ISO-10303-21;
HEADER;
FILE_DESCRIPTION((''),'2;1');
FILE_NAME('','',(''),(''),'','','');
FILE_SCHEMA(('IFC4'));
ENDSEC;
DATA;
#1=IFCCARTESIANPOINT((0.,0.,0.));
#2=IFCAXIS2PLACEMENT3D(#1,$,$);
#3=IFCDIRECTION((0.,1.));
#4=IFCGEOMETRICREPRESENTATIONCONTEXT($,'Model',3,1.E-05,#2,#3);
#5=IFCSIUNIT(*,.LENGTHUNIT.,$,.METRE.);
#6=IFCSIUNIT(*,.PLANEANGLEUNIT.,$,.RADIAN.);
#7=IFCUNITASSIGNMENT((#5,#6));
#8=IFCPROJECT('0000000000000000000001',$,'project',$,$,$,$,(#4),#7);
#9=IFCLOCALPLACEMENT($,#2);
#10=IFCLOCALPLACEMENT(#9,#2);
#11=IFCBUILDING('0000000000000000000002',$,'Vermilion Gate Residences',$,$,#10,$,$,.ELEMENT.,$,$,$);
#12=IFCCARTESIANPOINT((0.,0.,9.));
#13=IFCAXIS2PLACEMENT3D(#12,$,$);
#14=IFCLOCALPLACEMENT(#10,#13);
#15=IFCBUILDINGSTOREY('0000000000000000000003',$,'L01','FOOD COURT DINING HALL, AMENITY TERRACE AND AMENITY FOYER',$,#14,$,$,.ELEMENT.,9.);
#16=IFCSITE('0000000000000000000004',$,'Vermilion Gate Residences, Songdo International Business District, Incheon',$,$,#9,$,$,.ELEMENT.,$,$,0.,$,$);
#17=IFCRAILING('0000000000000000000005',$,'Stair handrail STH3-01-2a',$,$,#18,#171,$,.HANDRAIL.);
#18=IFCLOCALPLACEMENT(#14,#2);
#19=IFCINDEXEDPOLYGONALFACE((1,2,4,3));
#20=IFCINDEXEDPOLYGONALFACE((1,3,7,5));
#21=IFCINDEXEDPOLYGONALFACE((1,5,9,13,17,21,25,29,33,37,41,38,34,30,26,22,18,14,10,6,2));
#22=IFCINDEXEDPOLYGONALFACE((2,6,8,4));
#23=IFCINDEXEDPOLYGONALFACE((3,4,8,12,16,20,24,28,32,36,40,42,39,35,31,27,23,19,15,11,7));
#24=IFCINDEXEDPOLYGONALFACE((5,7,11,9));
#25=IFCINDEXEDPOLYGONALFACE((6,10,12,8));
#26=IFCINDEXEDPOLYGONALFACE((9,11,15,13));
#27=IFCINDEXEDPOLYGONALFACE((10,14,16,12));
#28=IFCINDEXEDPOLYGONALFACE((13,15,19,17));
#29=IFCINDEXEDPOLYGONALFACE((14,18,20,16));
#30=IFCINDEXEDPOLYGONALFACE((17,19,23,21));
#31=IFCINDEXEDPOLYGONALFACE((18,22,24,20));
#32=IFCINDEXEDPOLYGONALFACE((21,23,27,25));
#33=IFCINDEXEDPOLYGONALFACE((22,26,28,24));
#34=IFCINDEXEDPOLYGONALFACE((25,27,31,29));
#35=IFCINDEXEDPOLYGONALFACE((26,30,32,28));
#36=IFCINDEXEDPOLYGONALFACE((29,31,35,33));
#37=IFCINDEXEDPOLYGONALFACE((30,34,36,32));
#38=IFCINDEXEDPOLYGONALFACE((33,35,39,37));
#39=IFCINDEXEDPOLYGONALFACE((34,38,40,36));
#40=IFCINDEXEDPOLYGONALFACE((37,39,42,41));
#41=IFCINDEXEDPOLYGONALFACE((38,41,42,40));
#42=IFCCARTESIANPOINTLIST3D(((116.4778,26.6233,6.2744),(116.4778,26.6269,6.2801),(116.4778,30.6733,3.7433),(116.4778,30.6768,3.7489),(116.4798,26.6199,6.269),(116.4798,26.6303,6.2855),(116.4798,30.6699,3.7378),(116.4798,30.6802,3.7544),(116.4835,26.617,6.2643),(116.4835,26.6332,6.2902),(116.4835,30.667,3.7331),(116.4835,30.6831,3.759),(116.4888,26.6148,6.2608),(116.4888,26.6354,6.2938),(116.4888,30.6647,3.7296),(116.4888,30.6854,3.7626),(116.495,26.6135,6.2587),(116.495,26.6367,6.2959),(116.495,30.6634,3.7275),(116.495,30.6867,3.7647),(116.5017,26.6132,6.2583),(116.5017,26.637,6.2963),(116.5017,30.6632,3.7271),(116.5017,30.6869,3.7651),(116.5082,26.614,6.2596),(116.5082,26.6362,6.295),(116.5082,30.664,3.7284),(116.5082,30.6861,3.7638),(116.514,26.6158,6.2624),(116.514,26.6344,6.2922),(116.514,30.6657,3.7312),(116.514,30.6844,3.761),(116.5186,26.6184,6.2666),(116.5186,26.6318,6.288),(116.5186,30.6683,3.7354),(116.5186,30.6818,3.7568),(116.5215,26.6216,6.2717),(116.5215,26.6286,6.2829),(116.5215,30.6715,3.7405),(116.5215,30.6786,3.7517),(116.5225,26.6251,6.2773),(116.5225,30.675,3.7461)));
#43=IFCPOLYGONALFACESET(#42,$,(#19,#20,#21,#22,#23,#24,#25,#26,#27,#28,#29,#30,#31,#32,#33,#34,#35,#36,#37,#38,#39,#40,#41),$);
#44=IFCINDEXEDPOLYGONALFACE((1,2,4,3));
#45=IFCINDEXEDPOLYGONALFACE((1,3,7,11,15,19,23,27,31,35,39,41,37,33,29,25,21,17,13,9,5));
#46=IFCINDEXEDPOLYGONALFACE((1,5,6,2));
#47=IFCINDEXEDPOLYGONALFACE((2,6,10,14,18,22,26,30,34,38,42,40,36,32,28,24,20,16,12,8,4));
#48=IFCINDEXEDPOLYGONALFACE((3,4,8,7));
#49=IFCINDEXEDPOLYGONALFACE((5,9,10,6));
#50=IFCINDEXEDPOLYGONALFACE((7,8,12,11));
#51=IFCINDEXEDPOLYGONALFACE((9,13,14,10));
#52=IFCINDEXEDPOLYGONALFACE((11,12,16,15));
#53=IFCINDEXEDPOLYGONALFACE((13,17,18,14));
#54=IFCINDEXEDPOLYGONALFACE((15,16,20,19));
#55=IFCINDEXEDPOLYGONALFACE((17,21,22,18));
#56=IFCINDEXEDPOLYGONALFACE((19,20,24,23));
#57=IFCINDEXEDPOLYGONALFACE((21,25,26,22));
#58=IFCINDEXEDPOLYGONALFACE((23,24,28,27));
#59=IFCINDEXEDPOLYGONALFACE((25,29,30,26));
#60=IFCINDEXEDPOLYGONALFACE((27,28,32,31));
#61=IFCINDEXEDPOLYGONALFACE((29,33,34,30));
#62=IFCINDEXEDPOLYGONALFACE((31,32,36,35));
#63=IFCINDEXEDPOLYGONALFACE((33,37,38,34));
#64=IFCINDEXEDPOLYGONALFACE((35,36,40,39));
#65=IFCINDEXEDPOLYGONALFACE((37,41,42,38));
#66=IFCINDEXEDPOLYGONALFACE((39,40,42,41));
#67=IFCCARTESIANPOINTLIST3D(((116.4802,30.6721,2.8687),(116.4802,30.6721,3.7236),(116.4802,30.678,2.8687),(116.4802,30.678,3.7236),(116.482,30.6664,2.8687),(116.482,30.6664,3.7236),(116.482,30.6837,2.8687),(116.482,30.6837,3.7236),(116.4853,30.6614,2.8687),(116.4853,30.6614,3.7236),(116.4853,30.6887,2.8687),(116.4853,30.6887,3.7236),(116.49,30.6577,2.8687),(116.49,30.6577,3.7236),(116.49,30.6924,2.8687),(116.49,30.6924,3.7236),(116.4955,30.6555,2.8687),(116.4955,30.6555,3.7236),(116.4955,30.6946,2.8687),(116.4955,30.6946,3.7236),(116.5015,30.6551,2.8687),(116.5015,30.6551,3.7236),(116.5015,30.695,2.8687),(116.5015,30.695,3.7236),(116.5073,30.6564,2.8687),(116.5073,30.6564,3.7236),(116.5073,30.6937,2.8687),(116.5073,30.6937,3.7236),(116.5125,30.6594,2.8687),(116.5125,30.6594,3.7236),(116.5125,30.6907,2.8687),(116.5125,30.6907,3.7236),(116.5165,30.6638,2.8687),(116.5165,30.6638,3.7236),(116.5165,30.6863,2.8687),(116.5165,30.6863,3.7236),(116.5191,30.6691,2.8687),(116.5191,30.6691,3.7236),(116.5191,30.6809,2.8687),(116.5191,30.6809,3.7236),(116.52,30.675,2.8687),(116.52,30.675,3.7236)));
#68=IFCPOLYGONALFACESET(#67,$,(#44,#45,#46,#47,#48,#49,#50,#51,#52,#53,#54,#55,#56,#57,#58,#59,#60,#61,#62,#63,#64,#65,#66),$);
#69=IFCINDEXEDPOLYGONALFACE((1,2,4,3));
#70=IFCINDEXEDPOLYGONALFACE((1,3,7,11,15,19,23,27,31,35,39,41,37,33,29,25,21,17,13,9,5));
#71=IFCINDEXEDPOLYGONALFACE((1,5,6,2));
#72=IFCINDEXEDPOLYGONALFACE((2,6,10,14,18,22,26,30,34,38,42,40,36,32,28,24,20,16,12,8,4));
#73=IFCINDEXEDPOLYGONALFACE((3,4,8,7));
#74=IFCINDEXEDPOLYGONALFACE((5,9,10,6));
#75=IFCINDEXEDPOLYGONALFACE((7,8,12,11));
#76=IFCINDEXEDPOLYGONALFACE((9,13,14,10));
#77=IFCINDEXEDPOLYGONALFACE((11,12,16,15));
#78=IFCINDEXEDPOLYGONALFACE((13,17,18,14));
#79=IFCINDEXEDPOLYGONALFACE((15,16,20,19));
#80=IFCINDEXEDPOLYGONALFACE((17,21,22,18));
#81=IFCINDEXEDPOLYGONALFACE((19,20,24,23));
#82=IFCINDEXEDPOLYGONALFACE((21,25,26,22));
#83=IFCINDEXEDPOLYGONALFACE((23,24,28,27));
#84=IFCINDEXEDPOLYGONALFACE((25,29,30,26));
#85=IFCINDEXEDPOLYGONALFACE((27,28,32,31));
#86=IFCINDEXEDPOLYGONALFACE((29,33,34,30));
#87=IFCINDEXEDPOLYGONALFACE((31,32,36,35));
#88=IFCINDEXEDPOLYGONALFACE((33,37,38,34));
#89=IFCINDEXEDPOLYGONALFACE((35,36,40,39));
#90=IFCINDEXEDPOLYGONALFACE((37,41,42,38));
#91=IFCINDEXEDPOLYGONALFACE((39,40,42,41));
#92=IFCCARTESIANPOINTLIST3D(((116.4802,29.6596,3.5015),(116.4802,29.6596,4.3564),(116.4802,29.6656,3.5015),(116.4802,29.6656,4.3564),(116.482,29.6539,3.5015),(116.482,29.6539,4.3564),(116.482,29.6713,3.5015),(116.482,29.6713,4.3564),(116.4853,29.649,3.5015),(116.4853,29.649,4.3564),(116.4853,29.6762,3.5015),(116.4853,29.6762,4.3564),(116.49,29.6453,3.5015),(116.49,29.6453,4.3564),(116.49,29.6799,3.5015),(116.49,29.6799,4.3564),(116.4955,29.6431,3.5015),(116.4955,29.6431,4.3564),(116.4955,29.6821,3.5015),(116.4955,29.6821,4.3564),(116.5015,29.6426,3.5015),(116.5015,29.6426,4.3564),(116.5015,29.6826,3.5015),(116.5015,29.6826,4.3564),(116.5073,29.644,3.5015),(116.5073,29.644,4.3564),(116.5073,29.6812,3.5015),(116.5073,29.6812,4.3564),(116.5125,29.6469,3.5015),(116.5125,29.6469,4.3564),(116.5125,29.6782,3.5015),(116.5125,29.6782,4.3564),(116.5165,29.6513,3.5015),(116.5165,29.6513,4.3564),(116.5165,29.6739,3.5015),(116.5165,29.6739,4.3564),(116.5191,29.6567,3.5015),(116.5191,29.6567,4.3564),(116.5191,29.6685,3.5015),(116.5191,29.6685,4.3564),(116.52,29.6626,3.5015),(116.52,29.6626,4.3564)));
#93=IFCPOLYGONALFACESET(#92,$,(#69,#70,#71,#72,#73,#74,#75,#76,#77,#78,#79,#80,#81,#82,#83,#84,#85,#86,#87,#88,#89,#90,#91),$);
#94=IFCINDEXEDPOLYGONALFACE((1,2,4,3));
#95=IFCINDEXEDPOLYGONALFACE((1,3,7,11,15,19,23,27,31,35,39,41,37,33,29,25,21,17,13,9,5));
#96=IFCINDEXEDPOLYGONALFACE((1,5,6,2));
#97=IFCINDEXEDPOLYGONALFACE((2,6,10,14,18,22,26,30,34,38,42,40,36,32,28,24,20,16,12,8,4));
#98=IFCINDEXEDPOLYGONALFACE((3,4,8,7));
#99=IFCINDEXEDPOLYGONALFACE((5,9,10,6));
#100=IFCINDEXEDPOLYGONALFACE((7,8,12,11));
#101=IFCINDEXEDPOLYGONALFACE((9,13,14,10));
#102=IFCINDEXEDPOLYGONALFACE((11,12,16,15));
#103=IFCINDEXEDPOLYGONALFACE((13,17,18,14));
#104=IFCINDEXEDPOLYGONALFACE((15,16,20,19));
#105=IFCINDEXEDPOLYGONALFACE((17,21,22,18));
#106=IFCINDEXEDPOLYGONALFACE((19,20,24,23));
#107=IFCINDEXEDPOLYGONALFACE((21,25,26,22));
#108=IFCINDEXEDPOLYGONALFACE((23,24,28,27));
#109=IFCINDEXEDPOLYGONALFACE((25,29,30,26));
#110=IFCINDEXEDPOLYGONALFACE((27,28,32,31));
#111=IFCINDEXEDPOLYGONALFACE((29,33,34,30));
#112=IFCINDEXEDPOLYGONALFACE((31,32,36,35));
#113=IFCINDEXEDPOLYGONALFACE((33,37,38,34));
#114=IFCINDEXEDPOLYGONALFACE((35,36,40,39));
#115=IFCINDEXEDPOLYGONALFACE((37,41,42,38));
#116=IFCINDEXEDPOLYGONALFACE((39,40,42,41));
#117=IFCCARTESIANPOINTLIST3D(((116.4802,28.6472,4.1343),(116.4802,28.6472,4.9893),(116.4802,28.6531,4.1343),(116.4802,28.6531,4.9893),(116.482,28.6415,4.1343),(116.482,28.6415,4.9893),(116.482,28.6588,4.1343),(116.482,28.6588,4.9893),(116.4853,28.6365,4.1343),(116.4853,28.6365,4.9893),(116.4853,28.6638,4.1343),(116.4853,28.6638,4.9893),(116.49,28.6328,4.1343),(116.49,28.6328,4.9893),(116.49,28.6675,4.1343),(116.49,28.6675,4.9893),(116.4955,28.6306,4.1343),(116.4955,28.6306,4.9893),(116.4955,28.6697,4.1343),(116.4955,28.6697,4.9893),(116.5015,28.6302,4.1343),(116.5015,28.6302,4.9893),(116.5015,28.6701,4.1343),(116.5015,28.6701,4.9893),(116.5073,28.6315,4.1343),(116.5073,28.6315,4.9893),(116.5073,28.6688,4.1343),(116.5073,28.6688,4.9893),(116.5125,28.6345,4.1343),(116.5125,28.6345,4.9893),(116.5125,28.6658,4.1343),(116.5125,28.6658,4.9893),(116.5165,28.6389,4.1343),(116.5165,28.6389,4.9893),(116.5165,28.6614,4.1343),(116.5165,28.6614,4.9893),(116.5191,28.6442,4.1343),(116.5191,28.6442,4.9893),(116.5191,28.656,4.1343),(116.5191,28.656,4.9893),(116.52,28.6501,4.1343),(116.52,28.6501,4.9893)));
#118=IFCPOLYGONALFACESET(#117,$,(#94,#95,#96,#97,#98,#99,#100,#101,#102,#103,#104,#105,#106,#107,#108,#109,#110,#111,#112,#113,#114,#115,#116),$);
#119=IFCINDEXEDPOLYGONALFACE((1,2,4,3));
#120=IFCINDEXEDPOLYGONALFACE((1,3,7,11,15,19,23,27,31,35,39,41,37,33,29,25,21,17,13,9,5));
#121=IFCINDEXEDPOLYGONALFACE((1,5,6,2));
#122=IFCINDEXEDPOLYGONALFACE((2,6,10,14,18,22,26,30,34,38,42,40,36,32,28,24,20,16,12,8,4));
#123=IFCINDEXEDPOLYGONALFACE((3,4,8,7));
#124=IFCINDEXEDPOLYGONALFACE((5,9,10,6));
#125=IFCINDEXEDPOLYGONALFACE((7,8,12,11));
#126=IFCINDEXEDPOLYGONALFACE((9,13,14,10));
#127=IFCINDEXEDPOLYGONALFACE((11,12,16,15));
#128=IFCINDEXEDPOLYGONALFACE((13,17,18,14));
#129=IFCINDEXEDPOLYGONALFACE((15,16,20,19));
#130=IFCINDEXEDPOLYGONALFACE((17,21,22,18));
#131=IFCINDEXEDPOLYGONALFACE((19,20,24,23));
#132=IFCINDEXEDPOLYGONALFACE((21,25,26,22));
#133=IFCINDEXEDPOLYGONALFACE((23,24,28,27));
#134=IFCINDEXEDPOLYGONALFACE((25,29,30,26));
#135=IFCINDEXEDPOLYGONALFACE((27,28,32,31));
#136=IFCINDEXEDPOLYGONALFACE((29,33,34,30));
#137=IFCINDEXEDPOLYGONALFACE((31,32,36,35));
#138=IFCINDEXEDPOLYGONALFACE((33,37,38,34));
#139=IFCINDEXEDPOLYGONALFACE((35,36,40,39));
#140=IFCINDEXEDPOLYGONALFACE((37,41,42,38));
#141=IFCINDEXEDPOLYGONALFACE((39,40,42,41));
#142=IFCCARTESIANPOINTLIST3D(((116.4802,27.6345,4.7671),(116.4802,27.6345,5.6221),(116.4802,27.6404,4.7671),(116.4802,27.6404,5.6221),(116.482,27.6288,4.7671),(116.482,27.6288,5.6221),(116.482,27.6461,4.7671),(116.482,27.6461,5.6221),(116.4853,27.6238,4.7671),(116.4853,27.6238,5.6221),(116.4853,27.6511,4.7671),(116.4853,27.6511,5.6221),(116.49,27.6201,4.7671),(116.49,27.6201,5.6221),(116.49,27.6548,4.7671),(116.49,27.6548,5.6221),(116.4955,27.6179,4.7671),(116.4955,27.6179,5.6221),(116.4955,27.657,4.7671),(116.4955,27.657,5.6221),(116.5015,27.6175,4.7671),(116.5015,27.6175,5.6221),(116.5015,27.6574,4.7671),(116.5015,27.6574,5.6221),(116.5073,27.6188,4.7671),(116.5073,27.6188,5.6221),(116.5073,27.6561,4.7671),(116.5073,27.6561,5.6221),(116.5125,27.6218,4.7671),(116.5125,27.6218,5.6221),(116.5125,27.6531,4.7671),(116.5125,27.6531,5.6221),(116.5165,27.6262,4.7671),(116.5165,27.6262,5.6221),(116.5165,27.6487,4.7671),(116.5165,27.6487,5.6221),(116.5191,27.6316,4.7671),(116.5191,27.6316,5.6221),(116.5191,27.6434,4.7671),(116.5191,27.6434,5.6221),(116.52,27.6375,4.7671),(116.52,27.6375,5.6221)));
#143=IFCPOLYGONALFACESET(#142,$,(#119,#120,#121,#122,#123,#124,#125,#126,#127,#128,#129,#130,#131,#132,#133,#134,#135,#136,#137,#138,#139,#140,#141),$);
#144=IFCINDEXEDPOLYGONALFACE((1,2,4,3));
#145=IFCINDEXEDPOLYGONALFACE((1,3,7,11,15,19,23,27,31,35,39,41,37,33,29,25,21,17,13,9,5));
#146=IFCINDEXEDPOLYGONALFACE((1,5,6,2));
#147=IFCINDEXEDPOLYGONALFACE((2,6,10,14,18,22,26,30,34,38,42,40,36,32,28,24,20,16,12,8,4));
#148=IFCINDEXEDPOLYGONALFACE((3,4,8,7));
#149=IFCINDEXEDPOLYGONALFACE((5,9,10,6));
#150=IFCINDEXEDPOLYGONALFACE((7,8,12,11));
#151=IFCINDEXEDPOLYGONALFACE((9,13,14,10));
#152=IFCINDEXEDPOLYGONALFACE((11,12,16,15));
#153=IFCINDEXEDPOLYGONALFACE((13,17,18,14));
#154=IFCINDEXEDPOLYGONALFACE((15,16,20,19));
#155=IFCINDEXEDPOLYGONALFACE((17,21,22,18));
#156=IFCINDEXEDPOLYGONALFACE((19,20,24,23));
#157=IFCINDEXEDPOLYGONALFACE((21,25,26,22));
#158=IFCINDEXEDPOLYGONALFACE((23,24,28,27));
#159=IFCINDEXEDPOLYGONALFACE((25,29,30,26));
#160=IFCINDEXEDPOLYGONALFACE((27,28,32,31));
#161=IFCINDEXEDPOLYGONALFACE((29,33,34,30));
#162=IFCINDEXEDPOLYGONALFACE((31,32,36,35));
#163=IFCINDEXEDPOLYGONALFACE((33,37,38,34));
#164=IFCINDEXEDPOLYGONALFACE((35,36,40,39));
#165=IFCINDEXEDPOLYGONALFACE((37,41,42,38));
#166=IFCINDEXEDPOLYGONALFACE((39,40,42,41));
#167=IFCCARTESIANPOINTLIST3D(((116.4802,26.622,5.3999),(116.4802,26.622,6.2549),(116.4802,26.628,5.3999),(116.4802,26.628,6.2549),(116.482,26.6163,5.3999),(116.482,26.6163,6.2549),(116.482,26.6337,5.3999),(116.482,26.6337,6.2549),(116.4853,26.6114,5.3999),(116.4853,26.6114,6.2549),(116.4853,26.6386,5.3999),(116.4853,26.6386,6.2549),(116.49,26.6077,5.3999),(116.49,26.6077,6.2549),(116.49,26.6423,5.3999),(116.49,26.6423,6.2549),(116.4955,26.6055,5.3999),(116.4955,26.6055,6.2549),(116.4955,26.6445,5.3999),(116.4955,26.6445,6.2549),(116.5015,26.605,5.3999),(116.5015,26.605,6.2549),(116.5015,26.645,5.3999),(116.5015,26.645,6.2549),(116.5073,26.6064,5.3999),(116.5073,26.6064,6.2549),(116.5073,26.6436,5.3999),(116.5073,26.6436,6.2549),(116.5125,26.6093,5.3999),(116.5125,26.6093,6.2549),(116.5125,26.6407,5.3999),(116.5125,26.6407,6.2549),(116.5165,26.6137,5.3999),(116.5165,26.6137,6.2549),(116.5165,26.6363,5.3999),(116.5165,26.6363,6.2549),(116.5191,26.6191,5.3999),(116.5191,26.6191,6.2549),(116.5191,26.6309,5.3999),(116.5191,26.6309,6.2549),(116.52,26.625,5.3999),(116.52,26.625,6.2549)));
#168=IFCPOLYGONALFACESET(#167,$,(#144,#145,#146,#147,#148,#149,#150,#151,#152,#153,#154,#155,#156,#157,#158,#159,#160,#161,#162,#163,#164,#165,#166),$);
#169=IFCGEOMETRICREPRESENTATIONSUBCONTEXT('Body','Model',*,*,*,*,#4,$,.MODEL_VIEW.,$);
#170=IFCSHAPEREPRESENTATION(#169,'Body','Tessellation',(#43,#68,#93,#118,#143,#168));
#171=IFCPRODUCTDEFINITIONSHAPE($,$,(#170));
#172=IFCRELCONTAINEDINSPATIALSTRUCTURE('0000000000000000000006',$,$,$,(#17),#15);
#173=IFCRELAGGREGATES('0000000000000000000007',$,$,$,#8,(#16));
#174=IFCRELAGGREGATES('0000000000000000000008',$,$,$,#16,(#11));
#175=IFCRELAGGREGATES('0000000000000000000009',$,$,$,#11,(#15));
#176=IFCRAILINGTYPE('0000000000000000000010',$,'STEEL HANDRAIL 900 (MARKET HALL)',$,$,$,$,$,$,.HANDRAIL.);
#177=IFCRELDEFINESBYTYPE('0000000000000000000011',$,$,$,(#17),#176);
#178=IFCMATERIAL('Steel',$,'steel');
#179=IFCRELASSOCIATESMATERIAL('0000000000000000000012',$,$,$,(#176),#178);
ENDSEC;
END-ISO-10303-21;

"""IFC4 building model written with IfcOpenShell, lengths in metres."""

from ifc_helpers import new_model, si_unit, direction, frame, origin, origin_2d, place, context, subcontext, project, spatial, circle, extrude, material, type_object, element, save


model = new_model("IFC4")

# Units and contexts
model_context = context("Model", 3, precision=1e-05, world=origin(), true_north=direction((0.0, 1.0)))
body_context = subcontext(model_context, "Body", "Model", "MODEL_VIEW")
ifc_project = project(units=[si_unit("LENGTHUNIT", "METRE"), si_unit("PLANEANGLEUNIT", "RADIAN")], contexts=[model_context])

# Site, building, storey
site_placement = place(None, origin())
site = spatial("IfcSite", under=ifc_project, at=site_placement, Name="Vermilion Gate Residences, Songdo International Business District, Incheon", CompositionType="ELEMENT", RefElevation=0.0)
building_placement = place(site_placement, origin())
building = spatial("IfcBuilding", under=site, at=building_placement, Name="Vermilion Gate Residences", CompositionType="ELEMENT")
storey_placement = place(building_placement, frame((0.0, 0.0, 9.0)))
storey = spatial("IfcBuildingStorey", under=building, at=storey_placement, Name="L01", Description="FOOD COURT DINING HALL, AMENITY TERRACE AND AMENITY FOYER", CompositionType="ELEMENT", Elevation=9.0)

# Railing
ifc_material_1 = material(Name="Steel", Category="steel")
railing_type_1 = type_object("IfcRailingType", Name="STEEL HANDRAIL 900 (MARKET HALL)", PredefinedType="HANDRAIL", material=ifc_material_1)
for number, where, name in (
    (1, (116.5, 30.675, 2.8687), "Stair handrail STH3-01-2a"),
):
    element("IfcRailing", number, at=place(storey_placement, frame(where)), inside=storey, type_object=railing_type_1, Name=name, PredefinedType="HANDRAIL", context=body_context, shape_type="SweptSolid", body=[
        extrude(circle(Radius=0.0225, at=origin_2d()), frame((0.0, 0.0, 0.8774), z_axis=(0.0, -0.848001, 0.529994), x_axis=(1.0, 0.0, 0.0)), (0.0, 0.0, 1.0), 4.7759),
        extrude(circle(Radius=0.02, at=origin_2d()), origin(), (0.0, 0.0, 1.0), 0.855),
        extrude(circle(Radius=0.02, at=origin_2d()), frame((0.0, -1.0125, 0.6328)), (0.0, 0.0, 1.0), 0.855),
        extrude(circle(Radius=0.02, at=origin_2d()), frame((0.0, -2.0249, 1.2656)), (0.0, 0.0, 1.0), 0.855),
        extrude(circle(Radius=0.02, at=origin_2d()), frame((0.0, -3.0376, 1.8984)), (0.0, 0.0, 1.0), 0.855),
        extrude(circle(Radius=0.02, at=origin_2d()), frame((0.0, -4.05, 2.5312)), (0.0, 0.0, 1.0), 0.855),
    ])

save(model, "model.ifc")
